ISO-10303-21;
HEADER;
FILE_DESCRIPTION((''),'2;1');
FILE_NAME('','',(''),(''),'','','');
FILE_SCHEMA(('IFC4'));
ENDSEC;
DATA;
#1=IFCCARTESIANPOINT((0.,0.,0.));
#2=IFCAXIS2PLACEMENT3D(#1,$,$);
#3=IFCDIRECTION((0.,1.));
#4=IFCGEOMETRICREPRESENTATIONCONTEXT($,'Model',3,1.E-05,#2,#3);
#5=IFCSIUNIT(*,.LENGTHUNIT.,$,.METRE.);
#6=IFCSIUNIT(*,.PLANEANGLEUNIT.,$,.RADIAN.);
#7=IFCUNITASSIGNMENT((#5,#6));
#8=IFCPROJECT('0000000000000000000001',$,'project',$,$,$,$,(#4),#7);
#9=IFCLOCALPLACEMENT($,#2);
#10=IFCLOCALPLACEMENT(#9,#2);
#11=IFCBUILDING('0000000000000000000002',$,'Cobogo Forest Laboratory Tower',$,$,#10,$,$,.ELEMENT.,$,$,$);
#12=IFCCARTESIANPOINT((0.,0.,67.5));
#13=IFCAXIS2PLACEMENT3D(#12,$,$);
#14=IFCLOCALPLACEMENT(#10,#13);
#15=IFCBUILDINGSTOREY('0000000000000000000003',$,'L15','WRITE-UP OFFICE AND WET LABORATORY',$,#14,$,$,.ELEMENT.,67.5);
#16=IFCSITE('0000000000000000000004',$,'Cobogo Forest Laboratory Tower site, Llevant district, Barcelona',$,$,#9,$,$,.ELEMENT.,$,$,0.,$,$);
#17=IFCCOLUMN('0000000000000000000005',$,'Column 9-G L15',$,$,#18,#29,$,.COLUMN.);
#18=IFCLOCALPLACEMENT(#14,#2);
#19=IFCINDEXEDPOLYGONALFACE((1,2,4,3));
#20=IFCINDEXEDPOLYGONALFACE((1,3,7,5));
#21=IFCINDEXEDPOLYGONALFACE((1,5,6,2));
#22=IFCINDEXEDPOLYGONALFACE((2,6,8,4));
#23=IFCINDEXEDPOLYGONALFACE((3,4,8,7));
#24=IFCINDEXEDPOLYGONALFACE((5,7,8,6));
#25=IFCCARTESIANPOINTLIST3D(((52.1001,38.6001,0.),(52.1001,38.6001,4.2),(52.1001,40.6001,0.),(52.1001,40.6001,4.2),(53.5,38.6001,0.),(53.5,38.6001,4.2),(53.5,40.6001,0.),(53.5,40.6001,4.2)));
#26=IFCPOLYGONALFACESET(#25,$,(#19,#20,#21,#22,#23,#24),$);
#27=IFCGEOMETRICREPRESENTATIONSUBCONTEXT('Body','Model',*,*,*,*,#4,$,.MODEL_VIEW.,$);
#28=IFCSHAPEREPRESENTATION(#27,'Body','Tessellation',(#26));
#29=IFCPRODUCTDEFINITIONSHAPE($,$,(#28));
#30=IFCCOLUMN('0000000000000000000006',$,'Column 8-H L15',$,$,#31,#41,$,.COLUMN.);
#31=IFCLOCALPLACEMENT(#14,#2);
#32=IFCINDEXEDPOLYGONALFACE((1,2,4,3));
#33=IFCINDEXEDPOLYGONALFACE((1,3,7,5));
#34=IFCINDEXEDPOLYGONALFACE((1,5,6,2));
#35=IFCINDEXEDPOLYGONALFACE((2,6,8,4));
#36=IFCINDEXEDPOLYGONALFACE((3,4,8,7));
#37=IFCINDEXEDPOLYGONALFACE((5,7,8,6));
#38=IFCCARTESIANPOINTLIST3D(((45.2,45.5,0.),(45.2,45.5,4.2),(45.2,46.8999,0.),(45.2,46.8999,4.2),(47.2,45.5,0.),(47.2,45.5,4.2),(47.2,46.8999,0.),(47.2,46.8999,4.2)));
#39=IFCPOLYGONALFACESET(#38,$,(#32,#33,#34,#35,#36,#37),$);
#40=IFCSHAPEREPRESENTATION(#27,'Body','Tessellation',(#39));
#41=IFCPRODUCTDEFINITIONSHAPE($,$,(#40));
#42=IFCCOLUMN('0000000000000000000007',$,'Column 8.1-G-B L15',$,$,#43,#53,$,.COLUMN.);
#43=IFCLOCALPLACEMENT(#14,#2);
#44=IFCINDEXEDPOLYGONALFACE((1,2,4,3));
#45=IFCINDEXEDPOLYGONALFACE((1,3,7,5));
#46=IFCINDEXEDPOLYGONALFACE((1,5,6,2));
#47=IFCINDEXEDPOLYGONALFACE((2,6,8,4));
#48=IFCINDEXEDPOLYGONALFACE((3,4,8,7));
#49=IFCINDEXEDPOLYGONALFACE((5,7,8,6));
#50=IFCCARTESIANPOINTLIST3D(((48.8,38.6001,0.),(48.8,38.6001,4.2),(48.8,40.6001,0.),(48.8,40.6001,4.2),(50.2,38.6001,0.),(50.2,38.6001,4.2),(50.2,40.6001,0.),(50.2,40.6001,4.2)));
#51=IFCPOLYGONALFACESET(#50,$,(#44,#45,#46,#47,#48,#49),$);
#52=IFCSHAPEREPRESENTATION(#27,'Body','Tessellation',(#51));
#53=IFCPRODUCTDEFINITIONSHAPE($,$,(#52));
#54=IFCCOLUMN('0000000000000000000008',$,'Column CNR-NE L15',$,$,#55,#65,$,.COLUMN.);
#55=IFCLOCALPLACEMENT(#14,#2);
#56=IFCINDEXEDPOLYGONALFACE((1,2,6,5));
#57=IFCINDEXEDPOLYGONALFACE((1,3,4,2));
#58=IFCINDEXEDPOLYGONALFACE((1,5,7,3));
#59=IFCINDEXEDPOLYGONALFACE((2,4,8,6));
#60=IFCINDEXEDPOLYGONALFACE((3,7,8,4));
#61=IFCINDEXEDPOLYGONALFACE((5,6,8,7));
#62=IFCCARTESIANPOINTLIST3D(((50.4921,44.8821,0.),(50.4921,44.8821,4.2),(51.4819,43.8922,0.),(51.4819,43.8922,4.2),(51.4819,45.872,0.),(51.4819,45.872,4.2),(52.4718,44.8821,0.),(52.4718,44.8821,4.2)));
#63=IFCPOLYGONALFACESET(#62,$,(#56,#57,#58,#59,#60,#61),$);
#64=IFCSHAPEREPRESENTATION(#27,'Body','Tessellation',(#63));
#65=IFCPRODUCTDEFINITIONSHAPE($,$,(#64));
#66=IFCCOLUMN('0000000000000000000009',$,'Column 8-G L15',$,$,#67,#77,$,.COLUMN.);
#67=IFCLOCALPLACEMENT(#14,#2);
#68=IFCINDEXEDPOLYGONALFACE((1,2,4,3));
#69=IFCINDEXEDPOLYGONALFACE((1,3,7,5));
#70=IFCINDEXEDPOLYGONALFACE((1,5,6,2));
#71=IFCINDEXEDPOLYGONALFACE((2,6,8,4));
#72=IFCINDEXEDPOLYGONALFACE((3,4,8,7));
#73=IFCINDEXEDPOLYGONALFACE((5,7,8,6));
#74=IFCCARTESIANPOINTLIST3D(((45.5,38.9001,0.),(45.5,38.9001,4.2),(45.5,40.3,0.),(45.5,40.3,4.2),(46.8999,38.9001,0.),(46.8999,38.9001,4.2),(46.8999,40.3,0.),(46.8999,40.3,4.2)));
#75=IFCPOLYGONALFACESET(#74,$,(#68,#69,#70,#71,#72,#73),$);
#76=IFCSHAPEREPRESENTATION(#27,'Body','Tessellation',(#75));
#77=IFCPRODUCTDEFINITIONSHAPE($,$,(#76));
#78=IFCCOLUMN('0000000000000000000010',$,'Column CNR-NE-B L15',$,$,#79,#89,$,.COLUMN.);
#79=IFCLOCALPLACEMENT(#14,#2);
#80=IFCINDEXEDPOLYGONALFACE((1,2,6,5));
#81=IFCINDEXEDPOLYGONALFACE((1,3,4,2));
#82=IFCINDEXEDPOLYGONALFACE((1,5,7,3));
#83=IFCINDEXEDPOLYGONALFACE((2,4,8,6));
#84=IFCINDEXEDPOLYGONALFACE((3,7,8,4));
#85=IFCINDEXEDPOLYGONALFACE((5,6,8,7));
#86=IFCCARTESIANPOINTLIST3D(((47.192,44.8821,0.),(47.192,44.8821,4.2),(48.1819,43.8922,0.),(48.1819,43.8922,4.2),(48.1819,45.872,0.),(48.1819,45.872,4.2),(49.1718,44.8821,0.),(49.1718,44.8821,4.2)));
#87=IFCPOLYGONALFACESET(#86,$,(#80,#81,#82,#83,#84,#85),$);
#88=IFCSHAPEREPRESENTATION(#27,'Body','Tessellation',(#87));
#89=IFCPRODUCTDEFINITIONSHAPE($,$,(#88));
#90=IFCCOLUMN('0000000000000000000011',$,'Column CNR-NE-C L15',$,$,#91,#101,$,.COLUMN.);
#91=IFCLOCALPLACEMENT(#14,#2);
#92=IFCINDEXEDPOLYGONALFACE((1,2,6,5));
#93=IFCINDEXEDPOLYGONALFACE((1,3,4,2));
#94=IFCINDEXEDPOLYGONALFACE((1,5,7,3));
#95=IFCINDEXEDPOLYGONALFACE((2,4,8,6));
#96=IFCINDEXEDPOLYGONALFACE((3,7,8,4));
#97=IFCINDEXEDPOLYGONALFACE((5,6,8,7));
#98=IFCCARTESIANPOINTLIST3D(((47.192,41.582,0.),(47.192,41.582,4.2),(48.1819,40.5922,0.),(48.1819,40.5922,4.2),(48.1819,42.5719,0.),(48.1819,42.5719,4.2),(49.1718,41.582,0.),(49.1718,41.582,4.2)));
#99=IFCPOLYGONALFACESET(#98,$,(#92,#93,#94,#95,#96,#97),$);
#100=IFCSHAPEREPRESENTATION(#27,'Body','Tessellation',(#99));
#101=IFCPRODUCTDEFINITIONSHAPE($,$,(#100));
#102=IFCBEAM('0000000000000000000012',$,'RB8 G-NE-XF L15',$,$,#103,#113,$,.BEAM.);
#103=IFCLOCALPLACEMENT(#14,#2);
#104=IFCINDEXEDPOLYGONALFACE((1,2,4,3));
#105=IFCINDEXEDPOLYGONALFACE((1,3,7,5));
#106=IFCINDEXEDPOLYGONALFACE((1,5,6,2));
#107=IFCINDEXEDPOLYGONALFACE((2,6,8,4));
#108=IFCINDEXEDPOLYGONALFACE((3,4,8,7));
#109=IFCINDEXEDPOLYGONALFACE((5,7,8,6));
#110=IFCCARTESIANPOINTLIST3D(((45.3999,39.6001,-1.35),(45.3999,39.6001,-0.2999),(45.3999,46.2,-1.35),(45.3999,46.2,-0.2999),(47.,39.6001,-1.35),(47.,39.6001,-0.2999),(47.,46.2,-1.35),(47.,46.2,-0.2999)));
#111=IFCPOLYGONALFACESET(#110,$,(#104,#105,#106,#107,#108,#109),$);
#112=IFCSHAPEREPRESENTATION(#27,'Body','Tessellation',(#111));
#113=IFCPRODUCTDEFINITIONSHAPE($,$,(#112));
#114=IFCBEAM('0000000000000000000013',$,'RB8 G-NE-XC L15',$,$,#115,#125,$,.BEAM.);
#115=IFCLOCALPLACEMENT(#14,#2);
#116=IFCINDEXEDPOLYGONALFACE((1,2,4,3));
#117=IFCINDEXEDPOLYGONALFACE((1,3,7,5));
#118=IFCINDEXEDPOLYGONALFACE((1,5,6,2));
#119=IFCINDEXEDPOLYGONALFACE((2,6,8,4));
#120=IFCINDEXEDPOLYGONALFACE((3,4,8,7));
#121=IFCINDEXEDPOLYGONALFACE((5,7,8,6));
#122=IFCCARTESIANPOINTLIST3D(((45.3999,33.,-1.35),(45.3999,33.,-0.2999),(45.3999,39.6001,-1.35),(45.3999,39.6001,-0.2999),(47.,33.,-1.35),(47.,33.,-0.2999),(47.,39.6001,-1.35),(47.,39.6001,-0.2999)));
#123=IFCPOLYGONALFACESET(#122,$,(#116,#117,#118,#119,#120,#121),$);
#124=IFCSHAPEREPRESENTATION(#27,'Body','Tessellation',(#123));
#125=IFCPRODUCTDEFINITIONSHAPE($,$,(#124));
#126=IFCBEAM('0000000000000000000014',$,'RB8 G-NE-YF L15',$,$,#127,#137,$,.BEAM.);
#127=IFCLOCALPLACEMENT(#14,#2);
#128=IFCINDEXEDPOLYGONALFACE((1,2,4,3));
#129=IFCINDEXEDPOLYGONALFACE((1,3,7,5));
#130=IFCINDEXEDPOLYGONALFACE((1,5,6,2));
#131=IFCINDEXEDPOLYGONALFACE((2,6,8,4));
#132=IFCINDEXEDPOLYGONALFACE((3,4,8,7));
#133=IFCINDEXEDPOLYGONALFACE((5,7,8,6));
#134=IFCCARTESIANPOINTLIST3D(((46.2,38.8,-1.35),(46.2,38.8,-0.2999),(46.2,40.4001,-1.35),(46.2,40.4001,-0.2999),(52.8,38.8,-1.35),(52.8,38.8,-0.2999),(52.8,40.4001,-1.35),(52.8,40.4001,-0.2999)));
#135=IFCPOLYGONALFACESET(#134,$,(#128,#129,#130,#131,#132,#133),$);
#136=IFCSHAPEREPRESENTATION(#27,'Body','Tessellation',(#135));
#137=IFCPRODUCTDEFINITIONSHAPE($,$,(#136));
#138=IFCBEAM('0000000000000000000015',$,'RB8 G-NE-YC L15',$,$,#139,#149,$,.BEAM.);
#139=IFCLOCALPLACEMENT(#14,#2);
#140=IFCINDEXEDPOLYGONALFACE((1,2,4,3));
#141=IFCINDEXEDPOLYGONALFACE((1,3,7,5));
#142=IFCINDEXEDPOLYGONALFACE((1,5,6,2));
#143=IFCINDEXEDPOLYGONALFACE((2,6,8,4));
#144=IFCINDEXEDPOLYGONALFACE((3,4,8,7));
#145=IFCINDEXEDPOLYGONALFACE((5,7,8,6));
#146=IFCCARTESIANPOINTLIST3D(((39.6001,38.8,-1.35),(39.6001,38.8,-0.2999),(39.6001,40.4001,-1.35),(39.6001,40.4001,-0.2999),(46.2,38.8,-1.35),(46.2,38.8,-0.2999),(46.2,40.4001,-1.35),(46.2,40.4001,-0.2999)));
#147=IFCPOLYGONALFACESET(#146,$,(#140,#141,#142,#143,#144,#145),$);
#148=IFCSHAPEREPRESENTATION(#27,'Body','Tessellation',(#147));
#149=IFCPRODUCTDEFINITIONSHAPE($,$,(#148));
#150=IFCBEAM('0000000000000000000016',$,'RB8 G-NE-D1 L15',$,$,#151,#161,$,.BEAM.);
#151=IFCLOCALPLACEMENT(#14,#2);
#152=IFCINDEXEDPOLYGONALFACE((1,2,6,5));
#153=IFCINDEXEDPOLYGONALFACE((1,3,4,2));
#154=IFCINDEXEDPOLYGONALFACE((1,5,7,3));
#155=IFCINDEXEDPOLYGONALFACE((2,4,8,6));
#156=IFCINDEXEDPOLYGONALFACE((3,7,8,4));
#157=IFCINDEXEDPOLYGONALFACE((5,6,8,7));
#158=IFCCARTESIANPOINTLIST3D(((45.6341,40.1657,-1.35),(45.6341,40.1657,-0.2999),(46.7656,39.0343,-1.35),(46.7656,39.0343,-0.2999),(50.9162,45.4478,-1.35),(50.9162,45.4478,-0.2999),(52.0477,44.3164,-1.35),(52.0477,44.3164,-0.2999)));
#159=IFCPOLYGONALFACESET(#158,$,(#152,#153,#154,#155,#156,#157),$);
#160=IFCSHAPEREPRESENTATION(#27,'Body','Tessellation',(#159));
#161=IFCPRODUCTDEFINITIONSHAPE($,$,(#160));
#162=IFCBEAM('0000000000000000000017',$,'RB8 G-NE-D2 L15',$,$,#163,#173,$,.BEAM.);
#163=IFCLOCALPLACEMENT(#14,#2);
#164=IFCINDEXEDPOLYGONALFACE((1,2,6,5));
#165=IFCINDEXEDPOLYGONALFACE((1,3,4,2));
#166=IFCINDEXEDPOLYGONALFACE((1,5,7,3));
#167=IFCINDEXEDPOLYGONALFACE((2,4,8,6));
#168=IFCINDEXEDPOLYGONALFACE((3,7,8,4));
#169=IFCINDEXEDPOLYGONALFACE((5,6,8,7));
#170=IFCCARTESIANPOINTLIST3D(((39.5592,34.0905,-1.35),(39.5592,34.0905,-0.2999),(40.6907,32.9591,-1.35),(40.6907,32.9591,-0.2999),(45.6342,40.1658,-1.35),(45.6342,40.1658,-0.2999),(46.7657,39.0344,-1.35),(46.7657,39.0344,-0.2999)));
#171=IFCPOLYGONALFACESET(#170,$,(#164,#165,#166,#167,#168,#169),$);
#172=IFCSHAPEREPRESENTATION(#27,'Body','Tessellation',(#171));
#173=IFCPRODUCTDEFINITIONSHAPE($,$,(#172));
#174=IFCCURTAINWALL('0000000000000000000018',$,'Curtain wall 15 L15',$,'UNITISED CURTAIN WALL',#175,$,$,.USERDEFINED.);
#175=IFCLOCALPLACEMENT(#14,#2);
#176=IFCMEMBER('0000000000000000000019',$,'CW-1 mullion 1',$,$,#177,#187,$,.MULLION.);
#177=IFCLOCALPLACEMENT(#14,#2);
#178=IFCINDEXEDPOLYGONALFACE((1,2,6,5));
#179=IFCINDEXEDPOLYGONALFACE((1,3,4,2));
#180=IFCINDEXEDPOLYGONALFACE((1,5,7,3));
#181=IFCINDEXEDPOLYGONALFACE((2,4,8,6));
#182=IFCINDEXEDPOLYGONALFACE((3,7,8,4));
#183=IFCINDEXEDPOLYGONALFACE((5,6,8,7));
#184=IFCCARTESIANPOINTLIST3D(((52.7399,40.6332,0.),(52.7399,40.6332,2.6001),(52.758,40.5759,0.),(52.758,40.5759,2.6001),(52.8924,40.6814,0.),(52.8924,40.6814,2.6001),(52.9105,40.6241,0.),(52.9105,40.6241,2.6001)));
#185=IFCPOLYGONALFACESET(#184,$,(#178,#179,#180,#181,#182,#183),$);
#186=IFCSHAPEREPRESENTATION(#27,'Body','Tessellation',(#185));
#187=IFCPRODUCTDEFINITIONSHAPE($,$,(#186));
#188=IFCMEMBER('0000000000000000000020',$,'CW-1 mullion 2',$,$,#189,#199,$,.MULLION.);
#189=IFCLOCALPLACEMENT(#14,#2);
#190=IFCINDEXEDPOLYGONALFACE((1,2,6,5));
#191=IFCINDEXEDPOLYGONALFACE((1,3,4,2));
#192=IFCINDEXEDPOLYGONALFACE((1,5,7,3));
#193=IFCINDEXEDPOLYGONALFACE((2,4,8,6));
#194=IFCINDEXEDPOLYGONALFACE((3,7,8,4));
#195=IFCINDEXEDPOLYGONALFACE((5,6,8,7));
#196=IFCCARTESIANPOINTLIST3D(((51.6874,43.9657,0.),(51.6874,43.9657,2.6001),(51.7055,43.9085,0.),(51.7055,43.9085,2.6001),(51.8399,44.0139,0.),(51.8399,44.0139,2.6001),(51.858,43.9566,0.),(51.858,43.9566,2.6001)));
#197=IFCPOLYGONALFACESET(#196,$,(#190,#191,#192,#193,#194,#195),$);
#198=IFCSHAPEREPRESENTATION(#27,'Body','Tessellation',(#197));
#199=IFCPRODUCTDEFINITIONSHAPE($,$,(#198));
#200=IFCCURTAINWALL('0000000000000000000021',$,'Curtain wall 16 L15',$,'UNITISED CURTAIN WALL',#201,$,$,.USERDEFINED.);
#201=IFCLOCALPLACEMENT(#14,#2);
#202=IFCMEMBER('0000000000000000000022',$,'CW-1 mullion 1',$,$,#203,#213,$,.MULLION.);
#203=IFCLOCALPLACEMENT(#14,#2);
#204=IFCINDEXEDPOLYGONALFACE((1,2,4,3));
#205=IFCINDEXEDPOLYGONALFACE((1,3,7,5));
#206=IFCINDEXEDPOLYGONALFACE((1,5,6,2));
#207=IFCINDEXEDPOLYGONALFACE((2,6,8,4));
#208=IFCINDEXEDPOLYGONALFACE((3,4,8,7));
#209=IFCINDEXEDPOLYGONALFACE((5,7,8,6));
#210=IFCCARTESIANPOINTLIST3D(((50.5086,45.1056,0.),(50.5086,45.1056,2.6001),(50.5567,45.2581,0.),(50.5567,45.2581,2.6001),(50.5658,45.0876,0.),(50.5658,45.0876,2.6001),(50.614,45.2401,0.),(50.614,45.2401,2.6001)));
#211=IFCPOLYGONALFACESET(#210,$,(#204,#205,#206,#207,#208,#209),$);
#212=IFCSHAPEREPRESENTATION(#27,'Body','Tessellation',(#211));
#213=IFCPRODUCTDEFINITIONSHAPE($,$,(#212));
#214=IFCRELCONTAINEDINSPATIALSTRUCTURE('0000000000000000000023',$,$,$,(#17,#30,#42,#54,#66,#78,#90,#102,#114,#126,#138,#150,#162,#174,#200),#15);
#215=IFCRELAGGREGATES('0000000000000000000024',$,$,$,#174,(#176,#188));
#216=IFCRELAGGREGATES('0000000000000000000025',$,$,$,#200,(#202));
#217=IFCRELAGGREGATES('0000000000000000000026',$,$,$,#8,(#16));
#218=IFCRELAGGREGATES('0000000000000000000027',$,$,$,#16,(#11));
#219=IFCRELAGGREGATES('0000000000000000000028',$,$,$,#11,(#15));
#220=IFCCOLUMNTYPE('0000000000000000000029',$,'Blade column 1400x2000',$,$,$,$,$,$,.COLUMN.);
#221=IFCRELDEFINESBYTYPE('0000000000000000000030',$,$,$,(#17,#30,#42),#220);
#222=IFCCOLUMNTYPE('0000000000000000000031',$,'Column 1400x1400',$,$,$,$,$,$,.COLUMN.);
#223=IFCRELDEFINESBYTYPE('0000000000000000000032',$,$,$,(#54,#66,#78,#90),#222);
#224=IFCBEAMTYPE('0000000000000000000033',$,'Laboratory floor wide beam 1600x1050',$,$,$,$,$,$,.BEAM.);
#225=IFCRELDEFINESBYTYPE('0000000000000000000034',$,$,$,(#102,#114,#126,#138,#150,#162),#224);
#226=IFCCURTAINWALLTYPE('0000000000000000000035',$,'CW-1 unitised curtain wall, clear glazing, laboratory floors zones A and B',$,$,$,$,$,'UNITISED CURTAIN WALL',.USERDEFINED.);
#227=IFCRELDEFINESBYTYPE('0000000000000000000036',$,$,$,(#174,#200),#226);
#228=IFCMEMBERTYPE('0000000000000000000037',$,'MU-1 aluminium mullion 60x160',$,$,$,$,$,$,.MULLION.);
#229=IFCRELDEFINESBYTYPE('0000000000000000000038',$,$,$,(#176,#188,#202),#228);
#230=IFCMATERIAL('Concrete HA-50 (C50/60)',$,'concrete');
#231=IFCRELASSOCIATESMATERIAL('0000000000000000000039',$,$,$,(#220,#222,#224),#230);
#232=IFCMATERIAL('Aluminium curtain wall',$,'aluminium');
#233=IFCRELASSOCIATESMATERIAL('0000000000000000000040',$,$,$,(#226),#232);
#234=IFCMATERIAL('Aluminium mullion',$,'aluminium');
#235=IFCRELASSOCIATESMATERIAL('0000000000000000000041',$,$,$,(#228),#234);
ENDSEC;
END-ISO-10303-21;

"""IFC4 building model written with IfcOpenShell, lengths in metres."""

from ifc_helpers import new_model, si_unit, direction, frame, origin, origin_2d, place, context, subcontext, project, spatial, rectangle, extrude, material, material_profile, profile_set, type_object, element, aggregate, save


model = new_model("IFC4")

# Units and contexts
model_context = context("Model", 3, precision=1e-05, world=origin(), true_north=direction((0.0, 1.0)))
body_context = subcontext(model_context, "Body", "Model", "MODEL_VIEW")
ifc_project = project(units=[si_unit("LENGTHUNIT", "METRE"), si_unit("PLANEANGLEUNIT", "RADIAN")], contexts=[model_context])

# Site, building, storey
site_placement = place(None, origin())
site = spatial("IfcSite", under=ifc_project, at=site_placement, Name="Cobogo Forest Laboratory Tower site, Llevant district, Barcelona", CompositionType="ELEMENT", RefElevation=0.0)
building_placement = place(site_placement, origin())
building = spatial("IfcBuilding", under=site, at=building_placement, Name="Cobogo Forest Laboratory Tower", CompositionType="ELEMENT")
storey_placement = place(building_placement, frame((0.0, 0.0, 67.5)))
storey = spatial("IfcBuildingStorey", under=building, at=storey_placement, Name="L15", Description="WRITE-UP OFFICE AND WET LABORATORY", CompositionType="ELEMENT", Elevation=67.5)

# Columns
ifc_material_1 = material(Name="Concrete HA-50 (C50/60)", Category="concrete")
ifc_material_profile_1 = material_profile(ifc_material_1, rectangle(XDim=2.0, YDim=1.3999, at=origin_2d()), Name="RC 1400x2000")
ifc_profile_set_1 = profile_set([ifc_material_profile_1], Name="Concrete HA-50 (C50/60)")
column_type_1 = type_object("IfcColumnType", Name="Blade column 1400x2000", PredefinedType="COLUMN", material=ifc_profile_set_1)
for number, where, z_axis, x_axis, name in (
    (1, (52.8, 39.6001, 0.0), (0.0, 0.0, 1.0), (0.0, 1.0, 0.0), "Column 9-G L15"),
    (2, (46.2, 46.2, 0.0), (0.0, 0.0, 1.0), (1.0, 0.0, 0.0), "Column 8-H L15"),
    (3, (49.5, 39.6001, 0.0), (0.0, 0.0, 1.0), (0.0, 1.0, 0.0), "Column 8.1-G-B L15"),
):
    element("IfcColumn", number, at=place(storey_placement, frame(where, z_axis=z_axis, x_axis=x_axis)), inside=storey, type_object=column_type_1, Name=name, PredefinedType="COLUMN", context=body_context, shape_type="SweptSolid", body=[
        extrude(rectangle(XDim=2.0, YDim=1.3999, at=origin_2d()), origin(), (0.0, 0.0, 1.0), 4.2),
    ])
ifc_material_profile_2 = material_profile(ifc_material_1, rectangle(XDim=1.3999, YDim=1.3999, at=origin_2d()), Name="RC 1400x1400")
ifc_profile_set_2 = profile_set([ifc_material_profile_2], Name="Concrete HA-50 (C50/60)")
column_type_2 = type_object("IfcColumnType", Name="Column 1400x1400", PredefinedType="COLUMN", material=ifc_profile_set_2)
for number, where, z_axis, x_axis, name in (
    (4, (51.4819, 44.8821, 0.0), (0.0, 0.0, 1.0), (0.707107, 0.707107, 0.0), "Column CNR-NE L15"),
    (5, (46.2, 39.6001, 0.0), (0.0, 0.0, 1.0), (1.0, 0.0, 0.0), "Column 8-G L15"),
    (6, (48.1819, 44.8821, 0.0), (0.0, 0.0, 1.0), (0.707107, 0.707107, 0.0), "Column CNR-NE-B L15"),
    (7, (48.1819, 41.582, 0.0), (0.0, 0.0, 1.0), (0.707107, 0.707107, 0.0), "Column CNR-NE-C L15"),
):
    element("IfcColumn", number, at=place(storey_placement, frame(where, z_axis=z_axis, x_axis=x_axis)), inside=storey, type_object=column_type_2, Name=name, PredefinedType="COLUMN", context=body_context, shape_type="SweptSolid", body=[
        extrude(rectangle(XDim=1.3999, YDim=1.3999, at=origin_2d()), origin(), (0.0, 0.0, 1.0), 4.2),
    ])

# Beams
ifc_material_profile_3 = material_profile(ifc_material_1, rectangle(XDim=1.6001, YDim=1.05, at=origin_2d()), Name="RC 1600x1050")
ifc_profile_set_3 = profile_set([ifc_material_profile_3], Name="Concrete HA-50 (C50/60)")
beam_type_1 = type_object("IfcBeamType", Name="Laboratory floor wide beam 1600x1050", PredefinedType="BEAM", material=ifc_profile_set_3)
beam_1_placement = place(storey_placement, frame((46.2, 46.2, -0.825), z_axis=(0.0, -1.0, 0.0), x_axis=(1.0, 0.0, 0.0)))
element("IfcBeam", 8, at=beam_1_placement, inside=storey, type_object=beam_type_1, Name="RB8 G-NE-XF L15", PredefinedType="BEAM", context=body_context, shape_type="SweptSolid", body=[
    extrude(rectangle(XDim=1.6001, YDim=1.05, at=origin_2d()), origin(), (0.0, 0.0, 1.0), 6.5999),
])
for number, where, z_axis, x_axis, name in (
    (9, (46.2, 39.6001, -0.825), (0.0, -1.0, 0.0), (1.0, 0.0, 0.0), "RB8 G-NE-XC L15"),
    (10, (52.8, 39.6001, -0.825), (-1.0, 0.0, 0.0), (0.0, -1.0, 0.0), "RB8 G-NE-YF L15"),
):
    element("IfcBeam", number, at=place(storey_placement, frame(where, z_axis=z_axis, x_axis=x_axis)), inside=storey, type_object=beam_type_1, Name=name, PredefinedType="BEAM", context=body_context, shape_type="SweptSolid", body=[
        extrude(rectangle(XDim=1.6001, YDim=1.05, at=origin_2d()), origin(), (0.0, 0.0, 1.0), 6.6001),
    ])
beam_2_placement = place(storey_placement, frame((46.2, 39.6001, -0.825), z_axis=(-1.0, 0.0, 0.0), x_axis=(0.0, -1.0, 0.0)))
element("IfcBeam", 11, at=beam_2_placement, inside=storey, type_object=beam_type_1, Name="RB8 G-NE-YC L15", PredefinedType="BEAM", context=body_context, shape_type="SweptSolid", body=[
    extrude(rectangle(XDim=1.6001, YDim=1.05, at=origin_2d()), origin(), (0.0, 0.0, 1.0), 6.5999),
])
beam_3_placement = place(storey_placement, frame((51.4819, 44.8821, -0.825), z_axis=(-0.707107, -0.707107, 0.0), x_axis=(0.707107, -0.707107, 0.0)))
element("IfcBeam", 12, at=beam_3_placement, inside=storey, type_object=beam_type_1, Name="RB8 G-NE-D1 L15", PredefinedType="BEAM", context=body_context, shape_type="SweptSolid", body=[
    extrude(rectangle(XDim=1.6001, YDim=1.05, at=origin_2d()), origin(), (0.0, 0.0, 1.0), 7.47),
])
beam_4_placement = place(storey_placement, frame((46.2, 39.6001, -0.825), z_axis=(-0.707093, -0.707121, 0.0), x_axis=(0.707121, -0.707093, 0.0)))
element("IfcBeam", 13, at=beam_4_placement, inside=storey, type_object=beam_type_1, Name="RB8 G-NE-D2 L15", PredefinedType="BEAM", context=body_context, shape_type="SweptSolid", body=[
    extrude(rectangle(XDim=1.6001, YDim=1.05, at=origin_2d()), origin(), (0.0, 0.0, 1.0), 8.5916),
])

# Curtain walls, members
ifc_material_2 = material(Name="Aluminium curtain wall", Category="aluminium")
curtain_wall_type = type_object("IfcCurtainWallType", Name="CW-1 unitised curtain wall, clear glazing, laboratory floors zones A and B", ElementType="UNITISED CURTAIN WALL", PredefinedType="USERDEFINED", material=ifc_material_2)
curtain_wall_1_placement = place(storey_placement, origin())
curtain_wall_1 = element("IfcCurtainWall", 14, at=curtain_wall_1_placement, inside=storey, type_object=curtain_wall_type, Name="Curtain wall 15 L15", ObjectType="UNITISED CURTAIN WALL", PredefinedType="USERDEFINED")
ifc_material_3 = material(Name="Aluminium mullion", Category="aluminium")
ifc_material_profile_4 = material_profile(ifc_material_3, rectangle(XDim=0.0601, YDim=0.1599, at=origin_2d()), Name="AL 60x160")
ifc_profile_set_4 = profile_set([ifc_material_profile_4], Name="Aluminium mullion")
member_type_1 = type_object("IfcMemberType", Name="MU-1 aluminium mullion 60x160", PredefinedType="MULLION", material=ifc_profile_set_4)
member_1_placement = place(storey_placement, frame((52.8252, 40.6287, 0.0), z_axis=(0.0, 0.0, 1.0), x_axis=(-0.301135, 0.953581, 0.0)))
member_1 = element("IfcMember", 15, at=member_1_placement, type_object=member_type_1, Name="CW-1 mullion 1", PredefinedType="MULLION", context=body_context, shape_type="SweptSolid", body=[
    extrude(rectangle(XDim=0.0601, YDim=0.1599, at=origin_2d()), origin(), (0.0, 0.0, 1.0), 2.6001),
])
member_2_placement = place(storey_placement, frame((51.7727, 43.9612, 0.0), z_axis=(0.0, 0.0, 1.0), x_axis=(-0.301135, 0.953581, 0.0)))
member_2 = element("IfcMember", 16, at=member_2_placement, type_object=member_type_1, Name="CW-1 mullion 2", PredefinedType="MULLION", context=body_context, shape_type="SweptSolid", body=[
    extrude(rectangle(XDim=0.0601, YDim=0.1599, at=origin_2d()), origin(), (0.0, 0.0, 1.0), 2.6001),
])
curtain_wall_2_placement = place(storey_placement, origin())
curtain_wall_2 = element("IfcCurtainWall", 17, at=curtain_wall_2_placement, inside=storey, type_object=curtain_wall_type, Name="Curtain wall 16 L15", ObjectType="UNITISED CURTAIN WALL", PredefinedType="USERDEFINED")
member_3_placement = place(storey_placement, frame((50.5613, 45.1729, 0.0), z_axis=(0.0, 0.0, 1.0), x_axis=(-0.953581, 0.301135, 0.0)))
member_3 = element("IfcMember", 18, at=member_3_placement, type_object=member_type_1, Name="CW-1 mullion 1", PredefinedType="MULLION", context=body_context, shape_type="SweptSolid", body=[
    extrude(rectangle(XDim=0.0601, YDim=0.1599, at=origin_2d()), origin(), (0.0, 0.0, 1.0), 2.6001),
])

aggregate(curtain_wall_1, [member_1, member_2])
aggregate(curtain_wall_2, [member_3])

save(model, "model.ifc")
